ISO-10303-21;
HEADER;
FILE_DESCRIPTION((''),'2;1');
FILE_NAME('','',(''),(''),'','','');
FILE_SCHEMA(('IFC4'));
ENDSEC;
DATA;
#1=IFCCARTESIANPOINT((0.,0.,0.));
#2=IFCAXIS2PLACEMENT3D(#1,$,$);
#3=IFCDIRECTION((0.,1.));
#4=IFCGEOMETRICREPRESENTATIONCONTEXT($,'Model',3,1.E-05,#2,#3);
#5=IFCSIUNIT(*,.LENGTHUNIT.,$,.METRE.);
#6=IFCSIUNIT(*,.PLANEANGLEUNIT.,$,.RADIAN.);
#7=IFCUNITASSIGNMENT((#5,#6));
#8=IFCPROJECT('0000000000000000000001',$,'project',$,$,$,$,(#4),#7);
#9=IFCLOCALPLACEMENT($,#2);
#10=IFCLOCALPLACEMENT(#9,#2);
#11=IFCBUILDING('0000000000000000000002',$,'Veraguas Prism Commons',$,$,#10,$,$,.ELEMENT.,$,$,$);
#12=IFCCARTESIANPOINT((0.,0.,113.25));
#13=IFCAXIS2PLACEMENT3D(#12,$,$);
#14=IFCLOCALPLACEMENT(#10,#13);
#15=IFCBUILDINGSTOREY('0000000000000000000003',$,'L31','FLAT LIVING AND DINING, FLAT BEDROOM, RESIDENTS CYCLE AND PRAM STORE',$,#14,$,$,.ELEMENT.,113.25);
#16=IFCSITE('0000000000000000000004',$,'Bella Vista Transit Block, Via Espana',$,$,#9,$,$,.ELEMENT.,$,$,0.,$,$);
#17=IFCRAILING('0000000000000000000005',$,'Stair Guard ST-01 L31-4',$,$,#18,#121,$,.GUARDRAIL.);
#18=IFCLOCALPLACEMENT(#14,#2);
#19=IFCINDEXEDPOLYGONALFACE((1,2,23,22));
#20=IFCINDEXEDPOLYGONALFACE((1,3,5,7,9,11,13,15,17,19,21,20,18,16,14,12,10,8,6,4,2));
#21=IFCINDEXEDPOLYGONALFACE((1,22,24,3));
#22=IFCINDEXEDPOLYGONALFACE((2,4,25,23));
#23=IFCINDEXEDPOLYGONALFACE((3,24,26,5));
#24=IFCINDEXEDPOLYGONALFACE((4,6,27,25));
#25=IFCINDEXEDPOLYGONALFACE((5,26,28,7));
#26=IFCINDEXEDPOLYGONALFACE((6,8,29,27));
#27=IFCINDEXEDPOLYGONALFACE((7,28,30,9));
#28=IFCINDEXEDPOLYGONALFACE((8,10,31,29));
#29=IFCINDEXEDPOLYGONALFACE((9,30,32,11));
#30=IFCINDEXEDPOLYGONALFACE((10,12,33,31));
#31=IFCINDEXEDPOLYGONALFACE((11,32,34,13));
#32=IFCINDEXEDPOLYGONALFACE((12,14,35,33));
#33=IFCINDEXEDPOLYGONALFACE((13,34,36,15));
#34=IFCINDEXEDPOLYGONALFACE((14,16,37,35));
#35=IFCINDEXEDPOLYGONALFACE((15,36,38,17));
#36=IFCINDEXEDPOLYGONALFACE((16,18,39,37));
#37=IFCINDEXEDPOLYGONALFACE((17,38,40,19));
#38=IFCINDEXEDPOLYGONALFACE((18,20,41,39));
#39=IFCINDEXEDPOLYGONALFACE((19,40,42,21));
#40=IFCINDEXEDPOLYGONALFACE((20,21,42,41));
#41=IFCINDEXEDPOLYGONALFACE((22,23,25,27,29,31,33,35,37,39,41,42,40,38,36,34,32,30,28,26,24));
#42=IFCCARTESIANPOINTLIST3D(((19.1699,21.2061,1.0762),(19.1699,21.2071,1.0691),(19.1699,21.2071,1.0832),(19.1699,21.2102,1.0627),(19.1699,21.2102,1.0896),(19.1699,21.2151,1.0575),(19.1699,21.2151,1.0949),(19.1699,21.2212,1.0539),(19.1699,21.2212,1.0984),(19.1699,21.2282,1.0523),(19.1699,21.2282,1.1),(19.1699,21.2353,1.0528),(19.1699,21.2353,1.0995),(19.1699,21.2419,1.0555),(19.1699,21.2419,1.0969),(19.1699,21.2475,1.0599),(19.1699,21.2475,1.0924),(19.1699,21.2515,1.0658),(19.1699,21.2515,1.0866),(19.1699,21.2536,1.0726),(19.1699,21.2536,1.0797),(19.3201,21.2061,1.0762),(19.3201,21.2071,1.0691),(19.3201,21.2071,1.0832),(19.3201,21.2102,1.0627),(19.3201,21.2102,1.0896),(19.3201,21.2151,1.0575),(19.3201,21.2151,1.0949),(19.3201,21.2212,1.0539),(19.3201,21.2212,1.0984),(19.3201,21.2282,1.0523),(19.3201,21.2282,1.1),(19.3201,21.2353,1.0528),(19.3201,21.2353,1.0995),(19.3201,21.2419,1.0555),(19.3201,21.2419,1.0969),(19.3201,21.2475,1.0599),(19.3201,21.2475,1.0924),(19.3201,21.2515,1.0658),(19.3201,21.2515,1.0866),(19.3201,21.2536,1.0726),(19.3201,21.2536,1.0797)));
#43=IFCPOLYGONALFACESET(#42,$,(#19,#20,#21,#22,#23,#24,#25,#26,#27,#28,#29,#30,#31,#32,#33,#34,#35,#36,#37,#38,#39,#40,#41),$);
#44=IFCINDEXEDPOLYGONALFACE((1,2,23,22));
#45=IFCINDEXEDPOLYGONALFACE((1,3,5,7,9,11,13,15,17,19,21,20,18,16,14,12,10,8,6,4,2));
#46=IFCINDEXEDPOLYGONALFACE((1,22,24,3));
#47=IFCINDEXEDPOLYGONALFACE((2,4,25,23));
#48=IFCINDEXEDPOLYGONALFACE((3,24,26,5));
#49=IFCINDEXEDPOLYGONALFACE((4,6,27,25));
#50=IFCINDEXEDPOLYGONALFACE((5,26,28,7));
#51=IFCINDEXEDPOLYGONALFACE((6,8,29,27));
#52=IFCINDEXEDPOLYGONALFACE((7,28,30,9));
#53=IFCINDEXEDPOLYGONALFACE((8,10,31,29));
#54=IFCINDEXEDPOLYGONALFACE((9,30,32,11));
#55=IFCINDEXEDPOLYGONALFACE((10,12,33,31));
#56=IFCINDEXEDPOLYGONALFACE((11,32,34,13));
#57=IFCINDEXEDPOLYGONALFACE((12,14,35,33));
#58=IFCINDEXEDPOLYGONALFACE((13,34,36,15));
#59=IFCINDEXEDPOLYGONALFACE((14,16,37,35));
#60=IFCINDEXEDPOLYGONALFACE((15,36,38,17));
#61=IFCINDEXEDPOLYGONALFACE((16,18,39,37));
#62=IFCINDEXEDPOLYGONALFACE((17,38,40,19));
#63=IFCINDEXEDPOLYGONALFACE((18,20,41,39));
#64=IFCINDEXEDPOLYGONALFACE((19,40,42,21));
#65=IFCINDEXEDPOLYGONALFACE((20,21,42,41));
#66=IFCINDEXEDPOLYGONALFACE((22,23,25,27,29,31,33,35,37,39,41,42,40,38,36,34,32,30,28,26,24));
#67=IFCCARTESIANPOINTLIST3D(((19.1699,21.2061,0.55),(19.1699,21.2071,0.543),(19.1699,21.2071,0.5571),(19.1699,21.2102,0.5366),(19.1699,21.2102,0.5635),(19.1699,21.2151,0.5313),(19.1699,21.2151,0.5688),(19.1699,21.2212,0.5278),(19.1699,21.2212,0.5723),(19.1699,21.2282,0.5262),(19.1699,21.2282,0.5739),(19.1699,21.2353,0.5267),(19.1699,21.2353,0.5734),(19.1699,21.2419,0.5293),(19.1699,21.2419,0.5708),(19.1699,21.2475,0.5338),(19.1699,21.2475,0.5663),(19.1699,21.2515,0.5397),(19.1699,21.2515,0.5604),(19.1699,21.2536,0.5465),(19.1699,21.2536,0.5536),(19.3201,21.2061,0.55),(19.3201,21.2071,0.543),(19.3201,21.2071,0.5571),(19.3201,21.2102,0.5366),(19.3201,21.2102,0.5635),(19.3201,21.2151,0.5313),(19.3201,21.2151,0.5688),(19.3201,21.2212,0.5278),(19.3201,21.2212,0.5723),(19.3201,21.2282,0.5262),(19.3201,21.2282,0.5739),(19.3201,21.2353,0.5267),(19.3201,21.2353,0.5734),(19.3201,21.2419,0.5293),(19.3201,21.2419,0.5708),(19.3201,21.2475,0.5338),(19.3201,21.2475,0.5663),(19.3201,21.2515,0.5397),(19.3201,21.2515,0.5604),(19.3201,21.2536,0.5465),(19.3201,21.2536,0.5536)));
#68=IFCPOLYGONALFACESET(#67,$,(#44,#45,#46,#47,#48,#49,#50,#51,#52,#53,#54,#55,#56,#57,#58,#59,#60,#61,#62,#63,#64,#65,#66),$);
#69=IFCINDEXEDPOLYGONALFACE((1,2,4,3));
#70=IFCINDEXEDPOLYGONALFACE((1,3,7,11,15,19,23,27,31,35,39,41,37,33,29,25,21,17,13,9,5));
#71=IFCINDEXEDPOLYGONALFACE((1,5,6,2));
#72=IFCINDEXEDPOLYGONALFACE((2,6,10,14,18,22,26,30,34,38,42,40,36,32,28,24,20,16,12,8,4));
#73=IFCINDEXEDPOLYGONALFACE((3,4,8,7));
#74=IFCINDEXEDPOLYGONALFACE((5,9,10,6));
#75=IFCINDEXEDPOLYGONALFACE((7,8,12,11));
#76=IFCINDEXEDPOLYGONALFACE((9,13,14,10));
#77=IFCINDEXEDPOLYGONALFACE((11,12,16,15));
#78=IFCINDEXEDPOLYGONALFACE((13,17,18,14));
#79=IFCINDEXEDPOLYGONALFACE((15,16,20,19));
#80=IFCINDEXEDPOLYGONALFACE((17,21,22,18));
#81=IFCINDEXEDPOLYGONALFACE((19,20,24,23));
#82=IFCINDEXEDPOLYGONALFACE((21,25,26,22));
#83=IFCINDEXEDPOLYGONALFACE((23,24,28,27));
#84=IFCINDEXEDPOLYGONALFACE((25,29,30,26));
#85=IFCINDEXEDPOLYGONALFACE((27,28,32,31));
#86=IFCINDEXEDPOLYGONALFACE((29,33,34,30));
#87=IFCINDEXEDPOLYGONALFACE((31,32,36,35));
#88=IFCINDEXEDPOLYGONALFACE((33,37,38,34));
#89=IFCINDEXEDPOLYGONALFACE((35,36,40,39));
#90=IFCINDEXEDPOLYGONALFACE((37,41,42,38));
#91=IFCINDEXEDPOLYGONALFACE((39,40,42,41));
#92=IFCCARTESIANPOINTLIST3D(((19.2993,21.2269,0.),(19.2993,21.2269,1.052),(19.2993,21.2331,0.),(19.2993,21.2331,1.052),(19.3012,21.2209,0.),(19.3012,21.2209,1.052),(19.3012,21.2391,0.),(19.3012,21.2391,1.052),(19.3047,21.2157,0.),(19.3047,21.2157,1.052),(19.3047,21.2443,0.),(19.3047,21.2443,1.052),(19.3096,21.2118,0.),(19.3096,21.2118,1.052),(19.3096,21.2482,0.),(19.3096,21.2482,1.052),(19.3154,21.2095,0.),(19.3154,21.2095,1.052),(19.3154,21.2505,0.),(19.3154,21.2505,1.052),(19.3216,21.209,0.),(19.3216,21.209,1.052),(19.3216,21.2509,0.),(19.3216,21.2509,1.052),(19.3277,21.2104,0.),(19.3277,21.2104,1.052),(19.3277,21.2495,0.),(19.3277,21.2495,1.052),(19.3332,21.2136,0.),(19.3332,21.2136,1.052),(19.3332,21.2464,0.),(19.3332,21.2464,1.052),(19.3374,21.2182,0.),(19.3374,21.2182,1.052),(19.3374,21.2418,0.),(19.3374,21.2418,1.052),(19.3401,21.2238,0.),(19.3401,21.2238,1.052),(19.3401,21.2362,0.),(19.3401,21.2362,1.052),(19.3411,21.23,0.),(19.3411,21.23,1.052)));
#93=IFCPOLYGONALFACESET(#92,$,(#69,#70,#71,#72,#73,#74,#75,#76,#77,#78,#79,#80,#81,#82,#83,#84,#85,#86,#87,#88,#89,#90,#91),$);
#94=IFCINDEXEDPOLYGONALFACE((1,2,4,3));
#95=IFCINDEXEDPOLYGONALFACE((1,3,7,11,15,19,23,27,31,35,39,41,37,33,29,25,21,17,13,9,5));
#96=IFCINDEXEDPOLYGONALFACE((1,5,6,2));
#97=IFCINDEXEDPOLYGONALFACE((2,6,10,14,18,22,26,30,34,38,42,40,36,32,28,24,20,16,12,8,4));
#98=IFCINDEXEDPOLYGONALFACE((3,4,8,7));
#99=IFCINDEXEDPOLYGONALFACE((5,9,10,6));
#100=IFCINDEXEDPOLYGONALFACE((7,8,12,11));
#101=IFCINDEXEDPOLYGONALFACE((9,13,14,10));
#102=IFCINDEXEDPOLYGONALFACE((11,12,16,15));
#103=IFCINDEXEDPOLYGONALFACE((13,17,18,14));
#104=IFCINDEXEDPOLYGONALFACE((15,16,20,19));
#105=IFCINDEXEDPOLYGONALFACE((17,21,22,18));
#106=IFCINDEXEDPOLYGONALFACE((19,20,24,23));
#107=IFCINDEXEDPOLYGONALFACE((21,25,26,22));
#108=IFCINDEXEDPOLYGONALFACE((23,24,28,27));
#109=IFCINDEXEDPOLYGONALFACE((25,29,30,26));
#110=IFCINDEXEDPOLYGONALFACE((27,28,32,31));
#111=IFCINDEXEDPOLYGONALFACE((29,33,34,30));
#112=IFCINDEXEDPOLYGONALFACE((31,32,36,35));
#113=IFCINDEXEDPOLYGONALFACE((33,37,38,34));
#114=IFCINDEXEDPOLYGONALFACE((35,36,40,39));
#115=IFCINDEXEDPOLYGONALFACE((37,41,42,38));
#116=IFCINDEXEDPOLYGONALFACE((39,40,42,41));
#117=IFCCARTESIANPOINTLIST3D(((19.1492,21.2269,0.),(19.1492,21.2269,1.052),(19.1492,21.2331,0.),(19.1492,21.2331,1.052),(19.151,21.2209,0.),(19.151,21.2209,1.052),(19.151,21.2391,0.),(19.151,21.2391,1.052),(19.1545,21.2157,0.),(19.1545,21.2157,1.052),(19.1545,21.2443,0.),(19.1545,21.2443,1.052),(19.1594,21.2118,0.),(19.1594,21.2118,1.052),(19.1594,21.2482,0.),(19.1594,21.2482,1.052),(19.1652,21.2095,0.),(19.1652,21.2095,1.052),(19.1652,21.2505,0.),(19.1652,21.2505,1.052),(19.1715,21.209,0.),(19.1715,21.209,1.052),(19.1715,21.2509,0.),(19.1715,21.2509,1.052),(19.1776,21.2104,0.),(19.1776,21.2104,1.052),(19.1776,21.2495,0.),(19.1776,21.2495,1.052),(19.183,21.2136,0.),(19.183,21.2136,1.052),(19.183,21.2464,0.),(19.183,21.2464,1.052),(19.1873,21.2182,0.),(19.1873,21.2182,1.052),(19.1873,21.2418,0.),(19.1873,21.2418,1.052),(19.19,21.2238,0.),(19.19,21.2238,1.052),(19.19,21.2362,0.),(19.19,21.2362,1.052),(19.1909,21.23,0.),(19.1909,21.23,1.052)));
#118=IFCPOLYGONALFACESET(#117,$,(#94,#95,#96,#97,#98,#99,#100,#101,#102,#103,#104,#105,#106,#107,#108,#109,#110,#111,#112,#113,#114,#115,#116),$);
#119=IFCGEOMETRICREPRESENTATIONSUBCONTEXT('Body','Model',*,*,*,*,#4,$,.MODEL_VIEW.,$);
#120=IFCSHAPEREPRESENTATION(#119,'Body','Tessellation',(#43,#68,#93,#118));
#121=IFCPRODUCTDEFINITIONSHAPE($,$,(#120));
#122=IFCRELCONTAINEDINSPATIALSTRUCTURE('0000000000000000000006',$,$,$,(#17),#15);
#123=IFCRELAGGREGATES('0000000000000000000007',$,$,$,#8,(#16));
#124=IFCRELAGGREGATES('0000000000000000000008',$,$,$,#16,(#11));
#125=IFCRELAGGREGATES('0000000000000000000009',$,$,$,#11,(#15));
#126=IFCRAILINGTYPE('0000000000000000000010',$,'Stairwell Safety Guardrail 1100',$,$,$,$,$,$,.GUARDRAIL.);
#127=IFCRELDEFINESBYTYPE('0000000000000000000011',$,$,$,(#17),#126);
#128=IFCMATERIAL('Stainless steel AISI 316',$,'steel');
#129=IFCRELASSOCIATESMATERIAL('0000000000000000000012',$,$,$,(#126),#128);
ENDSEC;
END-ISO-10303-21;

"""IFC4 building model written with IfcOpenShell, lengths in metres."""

from ifc_helpers import new_model, si_unit, direction, frame, origin, origin_2d, place, context, subcontext, project, spatial, circle, extrude, material, type_object, element, save


model = new_model("IFC4")

# Units and contexts
model_context = context("Model", 3, precision=1e-05, world=origin(), true_north=direction((0.0, 1.0)))
body_context = subcontext(model_context, "Body", "Model", "MODEL_VIEW")
ifc_project = project(units=[si_unit("LENGTHUNIT", "METRE"), si_unit("PLANEANGLEUNIT", "RADIAN")], contexts=[model_context])

# Site, building, storey
site_placement = place(None, origin())
site = spatial("IfcSite", under=ifc_project, at=site_placement, Name="Bella Vista Transit Block, Via Espana", CompositionType="ELEMENT", RefElevation=0.0)
building_placement = place(site_placement, origin())
building = spatial("IfcBuilding", under=site, at=building_placement, Name="Veraguas Prism Commons", CompositionType="ELEMENT")
storey_placement = place(building_placement, frame((0.0, 0.0, 113.25)))
storey = spatial("IfcBuildingStorey", under=building, at=storey_placement, Name="L31", Description="FLAT LIVING AND DINING, FLAT BEDROOM, RESIDENTS CYCLE AND PRAM STORE", CompositionType="ELEMENT", Elevation=113.25)

# Railing
ifc_material_1 = material(Name="Stainless steel AISI 316", Category="steel")
railing_type = type_object("IfcRailingType", Name="Stairwell Safety Guardrail 1100", PredefinedType="GUARDRAIL", material=ifc_material_1)
railing_1_placement = place(storey_placement, frame((19.3201, 21.23, 0.0)))
element("IfcRailing", 1, at=railing_1_placement, inside=storey, type_object=railing_type, Name="Stair Guard ST-01 L31-4", PredefinedType="GUARDRAIL", context=body_context, shape_type="SweptSolid", body=[
    extrude(circle(Radius=0.0239, at=origin_2d()), frame((0.0, 0.0, 1.0762), z_axis=(-1.0, 0.0, 0.0), x_axis=(0.0, -1.0, 0.0)), (0.0, 0.0, 1.0), 0.1501),
    extrude(circle(Radius=0.0239, at=origin_2d()), frame((0.0, 0.0, 0.55), z_axis=(-1.0, 0.0, 0.0), x_axis=(0.0, -1.0, 0.0)), (0.0, 0.0, 1.0), 0.1501),
    extrude(circle(Radius=0.021, at=origin_2d()), origin(), (0.0, 0.0, 1.0), 1.052),
    extrude(circle(Radius=0.021, at=origin_2d()), frame((-0.1501, 0.0, 0.0)), (0.0, 0.0, 1.0), 1.052),
])

save(model, "model.ifc")
